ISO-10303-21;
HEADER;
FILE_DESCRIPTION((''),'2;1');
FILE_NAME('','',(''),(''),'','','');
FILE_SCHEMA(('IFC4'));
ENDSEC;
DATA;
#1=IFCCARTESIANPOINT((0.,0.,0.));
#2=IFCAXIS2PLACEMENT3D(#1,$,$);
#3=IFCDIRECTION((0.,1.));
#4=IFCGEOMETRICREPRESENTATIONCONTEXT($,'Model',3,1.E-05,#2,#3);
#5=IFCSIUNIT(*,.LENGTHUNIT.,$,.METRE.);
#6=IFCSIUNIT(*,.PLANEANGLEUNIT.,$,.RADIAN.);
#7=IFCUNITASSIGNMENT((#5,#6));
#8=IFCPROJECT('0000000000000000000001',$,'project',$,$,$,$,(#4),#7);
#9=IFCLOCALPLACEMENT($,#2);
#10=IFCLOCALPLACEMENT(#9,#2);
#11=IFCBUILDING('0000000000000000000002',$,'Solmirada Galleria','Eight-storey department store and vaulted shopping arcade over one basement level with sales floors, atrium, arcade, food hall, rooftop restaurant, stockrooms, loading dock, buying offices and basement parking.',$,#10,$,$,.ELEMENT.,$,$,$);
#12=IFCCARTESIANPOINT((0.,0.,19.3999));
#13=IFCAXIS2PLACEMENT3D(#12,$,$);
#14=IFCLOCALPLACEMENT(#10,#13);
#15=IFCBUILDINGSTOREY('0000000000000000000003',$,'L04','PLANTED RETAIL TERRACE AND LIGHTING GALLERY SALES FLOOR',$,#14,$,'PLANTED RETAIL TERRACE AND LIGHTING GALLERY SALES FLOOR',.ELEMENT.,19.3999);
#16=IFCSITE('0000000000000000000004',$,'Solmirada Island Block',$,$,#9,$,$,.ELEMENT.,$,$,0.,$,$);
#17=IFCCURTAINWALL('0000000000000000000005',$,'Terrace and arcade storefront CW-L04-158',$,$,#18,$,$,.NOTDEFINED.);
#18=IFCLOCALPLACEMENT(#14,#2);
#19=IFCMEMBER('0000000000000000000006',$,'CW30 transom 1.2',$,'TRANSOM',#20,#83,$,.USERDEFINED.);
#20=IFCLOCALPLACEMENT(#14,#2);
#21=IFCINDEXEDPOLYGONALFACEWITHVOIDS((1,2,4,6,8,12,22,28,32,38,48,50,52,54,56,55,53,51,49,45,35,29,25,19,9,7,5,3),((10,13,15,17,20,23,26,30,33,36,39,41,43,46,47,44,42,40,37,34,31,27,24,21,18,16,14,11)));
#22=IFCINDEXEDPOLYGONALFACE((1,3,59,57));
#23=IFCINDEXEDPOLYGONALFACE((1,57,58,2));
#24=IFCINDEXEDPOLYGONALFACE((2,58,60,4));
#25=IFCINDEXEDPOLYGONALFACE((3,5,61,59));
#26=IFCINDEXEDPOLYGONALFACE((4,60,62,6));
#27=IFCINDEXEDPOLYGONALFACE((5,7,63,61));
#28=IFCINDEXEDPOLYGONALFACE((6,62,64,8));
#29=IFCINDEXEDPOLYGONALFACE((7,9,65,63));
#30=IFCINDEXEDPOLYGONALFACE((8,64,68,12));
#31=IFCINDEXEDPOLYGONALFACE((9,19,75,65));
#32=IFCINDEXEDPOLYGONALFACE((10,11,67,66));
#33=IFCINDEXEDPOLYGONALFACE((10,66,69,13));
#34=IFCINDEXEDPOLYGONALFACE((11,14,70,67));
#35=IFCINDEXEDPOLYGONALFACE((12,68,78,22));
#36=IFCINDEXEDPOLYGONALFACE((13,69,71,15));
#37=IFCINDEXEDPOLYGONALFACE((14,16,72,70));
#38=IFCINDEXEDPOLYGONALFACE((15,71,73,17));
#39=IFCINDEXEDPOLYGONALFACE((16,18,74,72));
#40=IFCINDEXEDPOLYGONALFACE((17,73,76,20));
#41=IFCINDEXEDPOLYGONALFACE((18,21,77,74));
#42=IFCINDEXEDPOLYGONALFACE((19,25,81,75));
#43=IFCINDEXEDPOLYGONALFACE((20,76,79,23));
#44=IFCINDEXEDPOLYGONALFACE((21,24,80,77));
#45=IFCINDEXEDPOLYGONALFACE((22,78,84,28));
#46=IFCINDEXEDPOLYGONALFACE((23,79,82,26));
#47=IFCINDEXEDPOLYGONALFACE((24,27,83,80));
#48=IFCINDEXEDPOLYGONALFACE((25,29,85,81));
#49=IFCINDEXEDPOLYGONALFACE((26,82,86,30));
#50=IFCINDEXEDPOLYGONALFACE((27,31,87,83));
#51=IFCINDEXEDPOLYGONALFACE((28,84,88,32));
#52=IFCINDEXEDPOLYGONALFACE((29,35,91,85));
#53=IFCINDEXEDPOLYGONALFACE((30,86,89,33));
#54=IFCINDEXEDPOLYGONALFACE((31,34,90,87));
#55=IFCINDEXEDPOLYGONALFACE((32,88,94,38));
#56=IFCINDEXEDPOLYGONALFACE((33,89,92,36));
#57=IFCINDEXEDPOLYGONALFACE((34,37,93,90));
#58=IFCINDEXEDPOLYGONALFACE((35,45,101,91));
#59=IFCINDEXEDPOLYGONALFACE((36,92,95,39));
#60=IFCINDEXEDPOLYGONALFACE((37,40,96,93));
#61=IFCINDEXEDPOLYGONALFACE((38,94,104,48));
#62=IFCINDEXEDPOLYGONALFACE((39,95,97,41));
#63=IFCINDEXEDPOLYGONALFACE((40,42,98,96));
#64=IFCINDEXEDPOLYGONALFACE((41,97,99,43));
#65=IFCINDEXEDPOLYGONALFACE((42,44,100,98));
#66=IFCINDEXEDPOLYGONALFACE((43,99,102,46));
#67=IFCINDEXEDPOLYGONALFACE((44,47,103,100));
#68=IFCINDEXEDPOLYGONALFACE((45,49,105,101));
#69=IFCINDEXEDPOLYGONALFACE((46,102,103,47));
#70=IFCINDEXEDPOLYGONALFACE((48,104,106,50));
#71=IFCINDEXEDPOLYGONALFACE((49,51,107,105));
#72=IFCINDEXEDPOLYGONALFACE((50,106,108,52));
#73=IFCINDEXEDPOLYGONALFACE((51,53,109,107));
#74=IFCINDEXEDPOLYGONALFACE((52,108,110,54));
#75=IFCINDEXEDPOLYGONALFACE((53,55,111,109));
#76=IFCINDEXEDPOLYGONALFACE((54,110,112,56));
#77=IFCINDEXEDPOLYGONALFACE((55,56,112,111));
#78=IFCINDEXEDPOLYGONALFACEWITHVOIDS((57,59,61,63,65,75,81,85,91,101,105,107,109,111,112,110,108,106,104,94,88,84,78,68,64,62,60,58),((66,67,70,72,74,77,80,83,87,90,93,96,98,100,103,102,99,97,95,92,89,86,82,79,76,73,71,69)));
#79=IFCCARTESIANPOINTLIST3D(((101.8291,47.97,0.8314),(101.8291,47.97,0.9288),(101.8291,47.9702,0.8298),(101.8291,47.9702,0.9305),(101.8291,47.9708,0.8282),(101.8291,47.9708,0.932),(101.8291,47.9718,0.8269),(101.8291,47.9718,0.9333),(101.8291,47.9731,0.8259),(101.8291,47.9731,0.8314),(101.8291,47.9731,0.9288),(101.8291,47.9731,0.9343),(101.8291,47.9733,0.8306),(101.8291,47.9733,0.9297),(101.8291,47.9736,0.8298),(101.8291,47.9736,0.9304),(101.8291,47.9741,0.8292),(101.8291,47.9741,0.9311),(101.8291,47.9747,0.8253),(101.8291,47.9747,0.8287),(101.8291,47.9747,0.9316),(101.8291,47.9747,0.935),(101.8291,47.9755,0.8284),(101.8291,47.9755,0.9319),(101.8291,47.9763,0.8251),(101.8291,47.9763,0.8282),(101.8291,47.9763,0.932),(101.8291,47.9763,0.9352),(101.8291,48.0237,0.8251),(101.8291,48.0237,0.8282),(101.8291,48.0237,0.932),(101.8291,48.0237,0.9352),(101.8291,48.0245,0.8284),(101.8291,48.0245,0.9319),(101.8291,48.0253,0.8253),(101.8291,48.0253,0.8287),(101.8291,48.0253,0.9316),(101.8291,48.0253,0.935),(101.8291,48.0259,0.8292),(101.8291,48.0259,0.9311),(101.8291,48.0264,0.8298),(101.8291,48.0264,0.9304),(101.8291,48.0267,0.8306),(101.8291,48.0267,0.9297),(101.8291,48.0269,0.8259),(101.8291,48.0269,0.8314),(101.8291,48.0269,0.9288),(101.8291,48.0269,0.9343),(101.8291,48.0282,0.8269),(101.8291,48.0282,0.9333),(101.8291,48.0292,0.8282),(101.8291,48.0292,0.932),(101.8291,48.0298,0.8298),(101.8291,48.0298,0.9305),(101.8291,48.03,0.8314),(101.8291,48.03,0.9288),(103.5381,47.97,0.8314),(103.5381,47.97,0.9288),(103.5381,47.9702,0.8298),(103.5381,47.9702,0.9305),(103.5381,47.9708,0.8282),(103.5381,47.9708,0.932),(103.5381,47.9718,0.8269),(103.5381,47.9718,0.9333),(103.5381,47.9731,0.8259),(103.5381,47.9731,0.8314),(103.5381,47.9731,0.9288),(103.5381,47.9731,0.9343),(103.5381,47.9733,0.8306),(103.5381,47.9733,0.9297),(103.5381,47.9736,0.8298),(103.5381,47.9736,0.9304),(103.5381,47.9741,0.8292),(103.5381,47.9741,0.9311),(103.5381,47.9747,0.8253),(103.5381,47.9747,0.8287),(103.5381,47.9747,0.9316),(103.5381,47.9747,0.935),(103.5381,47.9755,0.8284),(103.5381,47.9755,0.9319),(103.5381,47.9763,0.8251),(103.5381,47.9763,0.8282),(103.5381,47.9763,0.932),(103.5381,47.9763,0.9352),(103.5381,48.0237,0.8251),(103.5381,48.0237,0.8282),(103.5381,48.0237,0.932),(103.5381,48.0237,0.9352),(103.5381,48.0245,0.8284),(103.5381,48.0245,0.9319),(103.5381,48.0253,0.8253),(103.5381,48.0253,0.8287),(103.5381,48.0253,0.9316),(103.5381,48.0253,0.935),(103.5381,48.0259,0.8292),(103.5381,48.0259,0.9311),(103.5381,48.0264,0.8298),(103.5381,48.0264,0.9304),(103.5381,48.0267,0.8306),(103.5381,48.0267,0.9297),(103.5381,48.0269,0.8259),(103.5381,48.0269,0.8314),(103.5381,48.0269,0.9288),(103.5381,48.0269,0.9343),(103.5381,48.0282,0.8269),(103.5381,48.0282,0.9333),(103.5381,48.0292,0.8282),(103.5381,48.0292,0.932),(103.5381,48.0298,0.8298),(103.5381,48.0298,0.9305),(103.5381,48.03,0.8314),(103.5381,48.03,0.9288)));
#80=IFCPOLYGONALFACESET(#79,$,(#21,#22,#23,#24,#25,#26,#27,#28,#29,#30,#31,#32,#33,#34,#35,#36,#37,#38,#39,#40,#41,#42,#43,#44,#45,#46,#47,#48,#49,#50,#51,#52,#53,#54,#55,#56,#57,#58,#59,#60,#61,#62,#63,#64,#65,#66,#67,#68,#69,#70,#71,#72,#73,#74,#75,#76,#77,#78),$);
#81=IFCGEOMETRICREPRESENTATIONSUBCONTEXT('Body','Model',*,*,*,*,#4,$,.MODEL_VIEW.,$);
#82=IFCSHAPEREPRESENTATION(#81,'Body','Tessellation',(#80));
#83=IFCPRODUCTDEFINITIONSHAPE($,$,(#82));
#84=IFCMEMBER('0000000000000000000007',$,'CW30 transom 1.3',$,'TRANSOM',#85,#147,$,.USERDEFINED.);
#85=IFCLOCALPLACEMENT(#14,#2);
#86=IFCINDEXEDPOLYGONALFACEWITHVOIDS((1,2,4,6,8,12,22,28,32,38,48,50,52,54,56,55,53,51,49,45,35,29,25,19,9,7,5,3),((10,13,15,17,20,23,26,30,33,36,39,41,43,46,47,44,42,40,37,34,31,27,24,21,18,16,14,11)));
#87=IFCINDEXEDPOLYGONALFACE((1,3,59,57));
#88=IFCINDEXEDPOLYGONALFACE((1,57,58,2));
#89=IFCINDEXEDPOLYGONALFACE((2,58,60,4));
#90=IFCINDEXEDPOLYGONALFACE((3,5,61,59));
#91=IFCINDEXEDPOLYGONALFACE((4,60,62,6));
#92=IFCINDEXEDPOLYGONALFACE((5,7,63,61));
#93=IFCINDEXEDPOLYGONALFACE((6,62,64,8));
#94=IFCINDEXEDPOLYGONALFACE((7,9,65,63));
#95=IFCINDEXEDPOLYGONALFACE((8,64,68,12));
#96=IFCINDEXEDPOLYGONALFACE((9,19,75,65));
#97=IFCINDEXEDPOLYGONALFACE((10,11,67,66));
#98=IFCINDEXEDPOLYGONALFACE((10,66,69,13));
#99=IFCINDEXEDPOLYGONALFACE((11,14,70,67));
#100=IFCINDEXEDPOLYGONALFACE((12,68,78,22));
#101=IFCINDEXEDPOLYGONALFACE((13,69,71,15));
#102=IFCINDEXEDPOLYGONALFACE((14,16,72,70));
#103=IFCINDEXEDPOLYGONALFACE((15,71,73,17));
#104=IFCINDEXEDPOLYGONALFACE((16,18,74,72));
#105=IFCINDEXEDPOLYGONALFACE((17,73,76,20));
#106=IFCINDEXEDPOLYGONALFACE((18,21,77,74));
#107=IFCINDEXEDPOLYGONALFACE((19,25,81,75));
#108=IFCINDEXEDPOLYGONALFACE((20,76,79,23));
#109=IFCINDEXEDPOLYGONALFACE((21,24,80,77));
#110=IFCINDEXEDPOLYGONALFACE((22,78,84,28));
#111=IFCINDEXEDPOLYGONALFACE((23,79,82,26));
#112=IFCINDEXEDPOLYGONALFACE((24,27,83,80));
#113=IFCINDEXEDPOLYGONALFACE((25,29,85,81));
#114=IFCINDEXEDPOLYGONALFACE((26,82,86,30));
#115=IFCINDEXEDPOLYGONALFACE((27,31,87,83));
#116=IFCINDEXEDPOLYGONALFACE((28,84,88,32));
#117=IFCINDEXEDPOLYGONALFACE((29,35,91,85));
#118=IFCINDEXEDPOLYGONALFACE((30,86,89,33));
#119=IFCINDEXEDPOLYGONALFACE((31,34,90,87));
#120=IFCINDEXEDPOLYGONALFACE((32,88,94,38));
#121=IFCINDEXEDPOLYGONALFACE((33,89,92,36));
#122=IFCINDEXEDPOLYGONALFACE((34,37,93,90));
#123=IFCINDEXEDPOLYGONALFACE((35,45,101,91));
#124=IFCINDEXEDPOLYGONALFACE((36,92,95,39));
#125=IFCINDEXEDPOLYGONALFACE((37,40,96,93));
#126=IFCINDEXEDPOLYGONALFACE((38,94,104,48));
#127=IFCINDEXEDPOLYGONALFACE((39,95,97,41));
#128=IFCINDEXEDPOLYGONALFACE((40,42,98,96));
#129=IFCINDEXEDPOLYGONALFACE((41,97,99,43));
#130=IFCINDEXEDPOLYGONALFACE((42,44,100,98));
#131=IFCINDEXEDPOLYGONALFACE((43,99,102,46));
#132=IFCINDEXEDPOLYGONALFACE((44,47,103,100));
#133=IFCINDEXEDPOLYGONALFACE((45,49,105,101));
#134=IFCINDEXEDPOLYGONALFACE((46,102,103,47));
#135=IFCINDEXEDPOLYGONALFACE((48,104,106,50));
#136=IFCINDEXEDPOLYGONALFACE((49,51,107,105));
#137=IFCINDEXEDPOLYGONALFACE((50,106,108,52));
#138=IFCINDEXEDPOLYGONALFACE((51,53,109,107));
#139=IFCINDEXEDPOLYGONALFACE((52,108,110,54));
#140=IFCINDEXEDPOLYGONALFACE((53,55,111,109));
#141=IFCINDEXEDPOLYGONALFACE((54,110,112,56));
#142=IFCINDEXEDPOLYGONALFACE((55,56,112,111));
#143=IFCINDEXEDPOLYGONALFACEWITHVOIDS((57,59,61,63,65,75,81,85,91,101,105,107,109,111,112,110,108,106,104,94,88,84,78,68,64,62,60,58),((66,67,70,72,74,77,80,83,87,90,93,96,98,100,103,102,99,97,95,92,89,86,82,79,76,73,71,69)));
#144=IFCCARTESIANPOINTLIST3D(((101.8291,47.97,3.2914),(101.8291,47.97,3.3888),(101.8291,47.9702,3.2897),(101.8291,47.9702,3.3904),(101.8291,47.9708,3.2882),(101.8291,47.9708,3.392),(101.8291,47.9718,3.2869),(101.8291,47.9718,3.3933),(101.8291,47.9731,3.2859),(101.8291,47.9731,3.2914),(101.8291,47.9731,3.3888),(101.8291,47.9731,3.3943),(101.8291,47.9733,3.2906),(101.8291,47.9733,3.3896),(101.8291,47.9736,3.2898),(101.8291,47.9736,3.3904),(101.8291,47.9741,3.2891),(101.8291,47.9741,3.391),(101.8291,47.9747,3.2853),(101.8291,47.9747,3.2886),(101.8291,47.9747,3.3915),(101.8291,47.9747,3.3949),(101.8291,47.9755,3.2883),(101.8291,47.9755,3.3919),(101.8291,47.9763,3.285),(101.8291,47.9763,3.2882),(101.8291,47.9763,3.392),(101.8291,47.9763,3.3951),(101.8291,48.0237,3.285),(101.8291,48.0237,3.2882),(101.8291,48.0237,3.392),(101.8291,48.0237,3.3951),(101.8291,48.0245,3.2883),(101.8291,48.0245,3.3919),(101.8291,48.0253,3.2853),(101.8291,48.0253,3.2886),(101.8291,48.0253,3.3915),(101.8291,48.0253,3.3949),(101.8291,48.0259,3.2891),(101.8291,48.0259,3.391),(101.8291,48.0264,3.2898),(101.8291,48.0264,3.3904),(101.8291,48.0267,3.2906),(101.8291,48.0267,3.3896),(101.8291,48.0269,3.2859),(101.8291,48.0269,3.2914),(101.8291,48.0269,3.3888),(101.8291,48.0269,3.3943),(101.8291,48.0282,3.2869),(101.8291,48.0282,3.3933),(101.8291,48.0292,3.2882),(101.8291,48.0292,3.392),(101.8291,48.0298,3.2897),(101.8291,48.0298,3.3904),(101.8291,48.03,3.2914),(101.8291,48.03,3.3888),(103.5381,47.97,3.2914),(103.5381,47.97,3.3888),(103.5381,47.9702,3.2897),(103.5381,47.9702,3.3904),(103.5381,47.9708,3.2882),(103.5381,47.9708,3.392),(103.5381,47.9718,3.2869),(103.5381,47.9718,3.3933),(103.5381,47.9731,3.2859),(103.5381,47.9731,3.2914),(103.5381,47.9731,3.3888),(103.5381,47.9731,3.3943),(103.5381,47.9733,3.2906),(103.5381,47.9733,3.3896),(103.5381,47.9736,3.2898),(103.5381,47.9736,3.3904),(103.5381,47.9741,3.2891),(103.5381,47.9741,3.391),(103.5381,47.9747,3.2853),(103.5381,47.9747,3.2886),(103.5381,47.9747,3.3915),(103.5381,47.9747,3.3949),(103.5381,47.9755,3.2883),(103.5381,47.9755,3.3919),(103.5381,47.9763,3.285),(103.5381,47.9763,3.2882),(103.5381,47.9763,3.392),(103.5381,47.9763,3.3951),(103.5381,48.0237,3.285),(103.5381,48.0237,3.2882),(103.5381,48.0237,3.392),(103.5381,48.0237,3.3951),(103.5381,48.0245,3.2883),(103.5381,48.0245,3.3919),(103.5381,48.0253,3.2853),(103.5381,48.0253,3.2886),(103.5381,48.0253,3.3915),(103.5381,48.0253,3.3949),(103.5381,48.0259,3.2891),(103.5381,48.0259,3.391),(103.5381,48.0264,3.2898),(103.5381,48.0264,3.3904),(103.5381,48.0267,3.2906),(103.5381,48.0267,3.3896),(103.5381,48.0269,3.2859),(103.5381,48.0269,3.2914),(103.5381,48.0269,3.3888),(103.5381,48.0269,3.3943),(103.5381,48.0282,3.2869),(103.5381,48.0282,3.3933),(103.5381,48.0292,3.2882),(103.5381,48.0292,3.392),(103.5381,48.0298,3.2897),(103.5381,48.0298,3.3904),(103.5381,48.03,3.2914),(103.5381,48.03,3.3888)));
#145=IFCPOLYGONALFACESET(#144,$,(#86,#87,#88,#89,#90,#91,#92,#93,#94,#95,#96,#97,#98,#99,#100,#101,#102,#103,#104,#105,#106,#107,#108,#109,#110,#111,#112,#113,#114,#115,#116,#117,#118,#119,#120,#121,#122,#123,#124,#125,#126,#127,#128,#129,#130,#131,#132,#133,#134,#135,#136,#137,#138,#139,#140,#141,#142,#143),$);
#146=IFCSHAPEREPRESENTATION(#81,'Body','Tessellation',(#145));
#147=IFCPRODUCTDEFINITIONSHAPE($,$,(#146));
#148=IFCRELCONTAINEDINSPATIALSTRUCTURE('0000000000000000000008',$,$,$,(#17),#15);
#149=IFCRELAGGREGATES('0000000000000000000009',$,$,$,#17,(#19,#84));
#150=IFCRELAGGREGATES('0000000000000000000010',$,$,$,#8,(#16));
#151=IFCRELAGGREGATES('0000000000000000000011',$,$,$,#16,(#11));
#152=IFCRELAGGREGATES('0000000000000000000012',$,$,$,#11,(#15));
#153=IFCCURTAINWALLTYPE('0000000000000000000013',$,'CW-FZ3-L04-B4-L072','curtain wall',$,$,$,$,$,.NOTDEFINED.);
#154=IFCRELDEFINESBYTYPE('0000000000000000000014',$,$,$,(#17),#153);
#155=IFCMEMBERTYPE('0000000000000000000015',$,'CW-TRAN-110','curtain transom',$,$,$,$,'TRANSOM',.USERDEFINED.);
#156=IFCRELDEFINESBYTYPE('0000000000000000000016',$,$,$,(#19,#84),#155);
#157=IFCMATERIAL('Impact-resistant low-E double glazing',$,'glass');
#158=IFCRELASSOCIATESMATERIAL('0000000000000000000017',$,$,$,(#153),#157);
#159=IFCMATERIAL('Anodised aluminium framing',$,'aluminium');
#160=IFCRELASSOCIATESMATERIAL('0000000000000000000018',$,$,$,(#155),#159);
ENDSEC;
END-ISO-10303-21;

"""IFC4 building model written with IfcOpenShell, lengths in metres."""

from ifc_helpers import new_model, si_unit, direction, frame, origin, origin_2d, place, context, subcontext, project, spatial, hollow_rectangle, extrude, material, material_profile, profile_set, type_object, element, aggregate, save


model = new_model("IFC4")

# Units and contexts
model_context = context("Model", 3, precision=1e-05, world=origin(), true_north=direction((0.0, 1.0)))
body_context = subcontext(model_context, "Body", "Model", "MODEL_VIEW")
ifc_project = project(units=[si_unit("LENGTHUNIT", "METRE"), si_unit("PLANEANGLEUNIT", "RADIAN")], contexts=[model_context])

# Site, building, storey
site_placement = place(None, origin())
site = spatial("IfcSite", under=ifc_project, at=site_placement, Name="Solmirada Island Block", CompositionType="ELEMENT", RefElevation=0.0)
building_placement = place(site_placement, origin())
building = spatial("IfcBuilding", under=site, at=building_placement, Name="Solmirada Galleria", Description="Eight-storey department store and vaulted shopping arcade over one basement level with sales floors, atrium, arcade, food hall, rooftop restaurant, stockrooms, loading dock, buying offices and basement parking.", CompositionType="ELEMENT")
storey_placement = place(building_placement, frame((0.0, 0.0, 19.3999)))
storey = spatial("IfcBuildingStorey", under=building, at=storey_placement, Name="L04", Description="PLANTED RETAIL TERRACE AND LIGHTING GALLERY SALES FLOOR", LongName="PLANTED RETAIL TERRACE AND LIGHTING GALLERY SALES FLOOR", CompositionType="ELEMENT", Elevation=19.3999)

# Shared definitions
ifc_material_1 = material(Name="Impact-resistant low-E double glazing", Category="glass")
curtain_wall_type = type_object("IfcCurtainWallType", Name="CW-FZ3-L04-B4-L072", Description="curtain wall", PredefinedType="NOTDEFINED", material=ifc_material_1)
ifc_material_2 = material(Name="Anodised aluminium framing", Category="aluminium")

# Curtain wall
curtain_wall_1_placement = place(storey_placement, origin())
curtain_wall_1 = element("IfcCurtainWall", 1, at=curtain_wall_1_placement, inside=storey, type_object=curtain_wall_type, Name="Terrace and arcade storefront CW-L04-158", PredefinedType="NOTDEFINED")

# Members
ifc_material_profile_1 = material_profile(ifc_material_2, hollow_rectangle(XDim=0.0601, YDim=0.1101, WallThickness=0.0032, InnerFilletRadius=0.0032, OuterFilletRadius=0.0063, at=origin_2d()), Name="ALU-TRAN-110X60")
ifc_profile_set_1 = profile_set([ifc_material_profile_1], Name="Anodised aluminium framing")
member_type_1 = type_object("IfcMemberType", Name="CW-TRAN-110", Description="curtain transom", ElementType="TRANSOM", PredefinedType="USERDEFINED", material=ifc_profile_set_1)
member_1_placement = place(storey_placement, frame((103.5381, 48.0, 0.8801), z_axis=(-1.0, 0.0, 0.0), x_axis=(0.0, -1.0, 0.0)))
member_1 = element("IfcMember", 2, at=member_1_placement, type_object=member_type_1, Name="CW30 transom 1.2", ObjectType="TRANSOM", PredefinedType="USERDEFINED", context=body_context, shape_type="SweptSolid", body=[
    extrude(hollow_rectangle(XDim=0.0601, YDim=0.1101, WallThickness=0.0032, InnerFilletRadius=0.0032, OuterFilletRadius=0.0063, at=origin_2d()), origin(), (0.0, 0.0, 1.0), 1.709),
])
member_2_placement = place(storey_placement, frame((103.5381, 48.0, 3.3401), z_axis=(-1.0, 0.0, 0.0), x_axis=(0.0, -1.0, 0.0)))
member_2 = element("IfcMember", 3, at=member_2_placement, type_object=member_type_1, Name="CW30 transom 1.3", ObjectType="TRANSOM", PredefinedType="USERDEFINED", context=body_context, shape_type="SweptSolid", body=[
    extrude(hollow_rectangle(XDim=0.0601, YDim=0.1101, WallThickness=0.0032, InnerFilletRadius=0.0032, OuterFilletRadius=0.0063, at=origin_2d()), origin(), (0.0, 0.0, 1.0), 1.709),
])

aggregate(curtain_wall_1, [member_1, member_2])

save(model, "model.ifc")
